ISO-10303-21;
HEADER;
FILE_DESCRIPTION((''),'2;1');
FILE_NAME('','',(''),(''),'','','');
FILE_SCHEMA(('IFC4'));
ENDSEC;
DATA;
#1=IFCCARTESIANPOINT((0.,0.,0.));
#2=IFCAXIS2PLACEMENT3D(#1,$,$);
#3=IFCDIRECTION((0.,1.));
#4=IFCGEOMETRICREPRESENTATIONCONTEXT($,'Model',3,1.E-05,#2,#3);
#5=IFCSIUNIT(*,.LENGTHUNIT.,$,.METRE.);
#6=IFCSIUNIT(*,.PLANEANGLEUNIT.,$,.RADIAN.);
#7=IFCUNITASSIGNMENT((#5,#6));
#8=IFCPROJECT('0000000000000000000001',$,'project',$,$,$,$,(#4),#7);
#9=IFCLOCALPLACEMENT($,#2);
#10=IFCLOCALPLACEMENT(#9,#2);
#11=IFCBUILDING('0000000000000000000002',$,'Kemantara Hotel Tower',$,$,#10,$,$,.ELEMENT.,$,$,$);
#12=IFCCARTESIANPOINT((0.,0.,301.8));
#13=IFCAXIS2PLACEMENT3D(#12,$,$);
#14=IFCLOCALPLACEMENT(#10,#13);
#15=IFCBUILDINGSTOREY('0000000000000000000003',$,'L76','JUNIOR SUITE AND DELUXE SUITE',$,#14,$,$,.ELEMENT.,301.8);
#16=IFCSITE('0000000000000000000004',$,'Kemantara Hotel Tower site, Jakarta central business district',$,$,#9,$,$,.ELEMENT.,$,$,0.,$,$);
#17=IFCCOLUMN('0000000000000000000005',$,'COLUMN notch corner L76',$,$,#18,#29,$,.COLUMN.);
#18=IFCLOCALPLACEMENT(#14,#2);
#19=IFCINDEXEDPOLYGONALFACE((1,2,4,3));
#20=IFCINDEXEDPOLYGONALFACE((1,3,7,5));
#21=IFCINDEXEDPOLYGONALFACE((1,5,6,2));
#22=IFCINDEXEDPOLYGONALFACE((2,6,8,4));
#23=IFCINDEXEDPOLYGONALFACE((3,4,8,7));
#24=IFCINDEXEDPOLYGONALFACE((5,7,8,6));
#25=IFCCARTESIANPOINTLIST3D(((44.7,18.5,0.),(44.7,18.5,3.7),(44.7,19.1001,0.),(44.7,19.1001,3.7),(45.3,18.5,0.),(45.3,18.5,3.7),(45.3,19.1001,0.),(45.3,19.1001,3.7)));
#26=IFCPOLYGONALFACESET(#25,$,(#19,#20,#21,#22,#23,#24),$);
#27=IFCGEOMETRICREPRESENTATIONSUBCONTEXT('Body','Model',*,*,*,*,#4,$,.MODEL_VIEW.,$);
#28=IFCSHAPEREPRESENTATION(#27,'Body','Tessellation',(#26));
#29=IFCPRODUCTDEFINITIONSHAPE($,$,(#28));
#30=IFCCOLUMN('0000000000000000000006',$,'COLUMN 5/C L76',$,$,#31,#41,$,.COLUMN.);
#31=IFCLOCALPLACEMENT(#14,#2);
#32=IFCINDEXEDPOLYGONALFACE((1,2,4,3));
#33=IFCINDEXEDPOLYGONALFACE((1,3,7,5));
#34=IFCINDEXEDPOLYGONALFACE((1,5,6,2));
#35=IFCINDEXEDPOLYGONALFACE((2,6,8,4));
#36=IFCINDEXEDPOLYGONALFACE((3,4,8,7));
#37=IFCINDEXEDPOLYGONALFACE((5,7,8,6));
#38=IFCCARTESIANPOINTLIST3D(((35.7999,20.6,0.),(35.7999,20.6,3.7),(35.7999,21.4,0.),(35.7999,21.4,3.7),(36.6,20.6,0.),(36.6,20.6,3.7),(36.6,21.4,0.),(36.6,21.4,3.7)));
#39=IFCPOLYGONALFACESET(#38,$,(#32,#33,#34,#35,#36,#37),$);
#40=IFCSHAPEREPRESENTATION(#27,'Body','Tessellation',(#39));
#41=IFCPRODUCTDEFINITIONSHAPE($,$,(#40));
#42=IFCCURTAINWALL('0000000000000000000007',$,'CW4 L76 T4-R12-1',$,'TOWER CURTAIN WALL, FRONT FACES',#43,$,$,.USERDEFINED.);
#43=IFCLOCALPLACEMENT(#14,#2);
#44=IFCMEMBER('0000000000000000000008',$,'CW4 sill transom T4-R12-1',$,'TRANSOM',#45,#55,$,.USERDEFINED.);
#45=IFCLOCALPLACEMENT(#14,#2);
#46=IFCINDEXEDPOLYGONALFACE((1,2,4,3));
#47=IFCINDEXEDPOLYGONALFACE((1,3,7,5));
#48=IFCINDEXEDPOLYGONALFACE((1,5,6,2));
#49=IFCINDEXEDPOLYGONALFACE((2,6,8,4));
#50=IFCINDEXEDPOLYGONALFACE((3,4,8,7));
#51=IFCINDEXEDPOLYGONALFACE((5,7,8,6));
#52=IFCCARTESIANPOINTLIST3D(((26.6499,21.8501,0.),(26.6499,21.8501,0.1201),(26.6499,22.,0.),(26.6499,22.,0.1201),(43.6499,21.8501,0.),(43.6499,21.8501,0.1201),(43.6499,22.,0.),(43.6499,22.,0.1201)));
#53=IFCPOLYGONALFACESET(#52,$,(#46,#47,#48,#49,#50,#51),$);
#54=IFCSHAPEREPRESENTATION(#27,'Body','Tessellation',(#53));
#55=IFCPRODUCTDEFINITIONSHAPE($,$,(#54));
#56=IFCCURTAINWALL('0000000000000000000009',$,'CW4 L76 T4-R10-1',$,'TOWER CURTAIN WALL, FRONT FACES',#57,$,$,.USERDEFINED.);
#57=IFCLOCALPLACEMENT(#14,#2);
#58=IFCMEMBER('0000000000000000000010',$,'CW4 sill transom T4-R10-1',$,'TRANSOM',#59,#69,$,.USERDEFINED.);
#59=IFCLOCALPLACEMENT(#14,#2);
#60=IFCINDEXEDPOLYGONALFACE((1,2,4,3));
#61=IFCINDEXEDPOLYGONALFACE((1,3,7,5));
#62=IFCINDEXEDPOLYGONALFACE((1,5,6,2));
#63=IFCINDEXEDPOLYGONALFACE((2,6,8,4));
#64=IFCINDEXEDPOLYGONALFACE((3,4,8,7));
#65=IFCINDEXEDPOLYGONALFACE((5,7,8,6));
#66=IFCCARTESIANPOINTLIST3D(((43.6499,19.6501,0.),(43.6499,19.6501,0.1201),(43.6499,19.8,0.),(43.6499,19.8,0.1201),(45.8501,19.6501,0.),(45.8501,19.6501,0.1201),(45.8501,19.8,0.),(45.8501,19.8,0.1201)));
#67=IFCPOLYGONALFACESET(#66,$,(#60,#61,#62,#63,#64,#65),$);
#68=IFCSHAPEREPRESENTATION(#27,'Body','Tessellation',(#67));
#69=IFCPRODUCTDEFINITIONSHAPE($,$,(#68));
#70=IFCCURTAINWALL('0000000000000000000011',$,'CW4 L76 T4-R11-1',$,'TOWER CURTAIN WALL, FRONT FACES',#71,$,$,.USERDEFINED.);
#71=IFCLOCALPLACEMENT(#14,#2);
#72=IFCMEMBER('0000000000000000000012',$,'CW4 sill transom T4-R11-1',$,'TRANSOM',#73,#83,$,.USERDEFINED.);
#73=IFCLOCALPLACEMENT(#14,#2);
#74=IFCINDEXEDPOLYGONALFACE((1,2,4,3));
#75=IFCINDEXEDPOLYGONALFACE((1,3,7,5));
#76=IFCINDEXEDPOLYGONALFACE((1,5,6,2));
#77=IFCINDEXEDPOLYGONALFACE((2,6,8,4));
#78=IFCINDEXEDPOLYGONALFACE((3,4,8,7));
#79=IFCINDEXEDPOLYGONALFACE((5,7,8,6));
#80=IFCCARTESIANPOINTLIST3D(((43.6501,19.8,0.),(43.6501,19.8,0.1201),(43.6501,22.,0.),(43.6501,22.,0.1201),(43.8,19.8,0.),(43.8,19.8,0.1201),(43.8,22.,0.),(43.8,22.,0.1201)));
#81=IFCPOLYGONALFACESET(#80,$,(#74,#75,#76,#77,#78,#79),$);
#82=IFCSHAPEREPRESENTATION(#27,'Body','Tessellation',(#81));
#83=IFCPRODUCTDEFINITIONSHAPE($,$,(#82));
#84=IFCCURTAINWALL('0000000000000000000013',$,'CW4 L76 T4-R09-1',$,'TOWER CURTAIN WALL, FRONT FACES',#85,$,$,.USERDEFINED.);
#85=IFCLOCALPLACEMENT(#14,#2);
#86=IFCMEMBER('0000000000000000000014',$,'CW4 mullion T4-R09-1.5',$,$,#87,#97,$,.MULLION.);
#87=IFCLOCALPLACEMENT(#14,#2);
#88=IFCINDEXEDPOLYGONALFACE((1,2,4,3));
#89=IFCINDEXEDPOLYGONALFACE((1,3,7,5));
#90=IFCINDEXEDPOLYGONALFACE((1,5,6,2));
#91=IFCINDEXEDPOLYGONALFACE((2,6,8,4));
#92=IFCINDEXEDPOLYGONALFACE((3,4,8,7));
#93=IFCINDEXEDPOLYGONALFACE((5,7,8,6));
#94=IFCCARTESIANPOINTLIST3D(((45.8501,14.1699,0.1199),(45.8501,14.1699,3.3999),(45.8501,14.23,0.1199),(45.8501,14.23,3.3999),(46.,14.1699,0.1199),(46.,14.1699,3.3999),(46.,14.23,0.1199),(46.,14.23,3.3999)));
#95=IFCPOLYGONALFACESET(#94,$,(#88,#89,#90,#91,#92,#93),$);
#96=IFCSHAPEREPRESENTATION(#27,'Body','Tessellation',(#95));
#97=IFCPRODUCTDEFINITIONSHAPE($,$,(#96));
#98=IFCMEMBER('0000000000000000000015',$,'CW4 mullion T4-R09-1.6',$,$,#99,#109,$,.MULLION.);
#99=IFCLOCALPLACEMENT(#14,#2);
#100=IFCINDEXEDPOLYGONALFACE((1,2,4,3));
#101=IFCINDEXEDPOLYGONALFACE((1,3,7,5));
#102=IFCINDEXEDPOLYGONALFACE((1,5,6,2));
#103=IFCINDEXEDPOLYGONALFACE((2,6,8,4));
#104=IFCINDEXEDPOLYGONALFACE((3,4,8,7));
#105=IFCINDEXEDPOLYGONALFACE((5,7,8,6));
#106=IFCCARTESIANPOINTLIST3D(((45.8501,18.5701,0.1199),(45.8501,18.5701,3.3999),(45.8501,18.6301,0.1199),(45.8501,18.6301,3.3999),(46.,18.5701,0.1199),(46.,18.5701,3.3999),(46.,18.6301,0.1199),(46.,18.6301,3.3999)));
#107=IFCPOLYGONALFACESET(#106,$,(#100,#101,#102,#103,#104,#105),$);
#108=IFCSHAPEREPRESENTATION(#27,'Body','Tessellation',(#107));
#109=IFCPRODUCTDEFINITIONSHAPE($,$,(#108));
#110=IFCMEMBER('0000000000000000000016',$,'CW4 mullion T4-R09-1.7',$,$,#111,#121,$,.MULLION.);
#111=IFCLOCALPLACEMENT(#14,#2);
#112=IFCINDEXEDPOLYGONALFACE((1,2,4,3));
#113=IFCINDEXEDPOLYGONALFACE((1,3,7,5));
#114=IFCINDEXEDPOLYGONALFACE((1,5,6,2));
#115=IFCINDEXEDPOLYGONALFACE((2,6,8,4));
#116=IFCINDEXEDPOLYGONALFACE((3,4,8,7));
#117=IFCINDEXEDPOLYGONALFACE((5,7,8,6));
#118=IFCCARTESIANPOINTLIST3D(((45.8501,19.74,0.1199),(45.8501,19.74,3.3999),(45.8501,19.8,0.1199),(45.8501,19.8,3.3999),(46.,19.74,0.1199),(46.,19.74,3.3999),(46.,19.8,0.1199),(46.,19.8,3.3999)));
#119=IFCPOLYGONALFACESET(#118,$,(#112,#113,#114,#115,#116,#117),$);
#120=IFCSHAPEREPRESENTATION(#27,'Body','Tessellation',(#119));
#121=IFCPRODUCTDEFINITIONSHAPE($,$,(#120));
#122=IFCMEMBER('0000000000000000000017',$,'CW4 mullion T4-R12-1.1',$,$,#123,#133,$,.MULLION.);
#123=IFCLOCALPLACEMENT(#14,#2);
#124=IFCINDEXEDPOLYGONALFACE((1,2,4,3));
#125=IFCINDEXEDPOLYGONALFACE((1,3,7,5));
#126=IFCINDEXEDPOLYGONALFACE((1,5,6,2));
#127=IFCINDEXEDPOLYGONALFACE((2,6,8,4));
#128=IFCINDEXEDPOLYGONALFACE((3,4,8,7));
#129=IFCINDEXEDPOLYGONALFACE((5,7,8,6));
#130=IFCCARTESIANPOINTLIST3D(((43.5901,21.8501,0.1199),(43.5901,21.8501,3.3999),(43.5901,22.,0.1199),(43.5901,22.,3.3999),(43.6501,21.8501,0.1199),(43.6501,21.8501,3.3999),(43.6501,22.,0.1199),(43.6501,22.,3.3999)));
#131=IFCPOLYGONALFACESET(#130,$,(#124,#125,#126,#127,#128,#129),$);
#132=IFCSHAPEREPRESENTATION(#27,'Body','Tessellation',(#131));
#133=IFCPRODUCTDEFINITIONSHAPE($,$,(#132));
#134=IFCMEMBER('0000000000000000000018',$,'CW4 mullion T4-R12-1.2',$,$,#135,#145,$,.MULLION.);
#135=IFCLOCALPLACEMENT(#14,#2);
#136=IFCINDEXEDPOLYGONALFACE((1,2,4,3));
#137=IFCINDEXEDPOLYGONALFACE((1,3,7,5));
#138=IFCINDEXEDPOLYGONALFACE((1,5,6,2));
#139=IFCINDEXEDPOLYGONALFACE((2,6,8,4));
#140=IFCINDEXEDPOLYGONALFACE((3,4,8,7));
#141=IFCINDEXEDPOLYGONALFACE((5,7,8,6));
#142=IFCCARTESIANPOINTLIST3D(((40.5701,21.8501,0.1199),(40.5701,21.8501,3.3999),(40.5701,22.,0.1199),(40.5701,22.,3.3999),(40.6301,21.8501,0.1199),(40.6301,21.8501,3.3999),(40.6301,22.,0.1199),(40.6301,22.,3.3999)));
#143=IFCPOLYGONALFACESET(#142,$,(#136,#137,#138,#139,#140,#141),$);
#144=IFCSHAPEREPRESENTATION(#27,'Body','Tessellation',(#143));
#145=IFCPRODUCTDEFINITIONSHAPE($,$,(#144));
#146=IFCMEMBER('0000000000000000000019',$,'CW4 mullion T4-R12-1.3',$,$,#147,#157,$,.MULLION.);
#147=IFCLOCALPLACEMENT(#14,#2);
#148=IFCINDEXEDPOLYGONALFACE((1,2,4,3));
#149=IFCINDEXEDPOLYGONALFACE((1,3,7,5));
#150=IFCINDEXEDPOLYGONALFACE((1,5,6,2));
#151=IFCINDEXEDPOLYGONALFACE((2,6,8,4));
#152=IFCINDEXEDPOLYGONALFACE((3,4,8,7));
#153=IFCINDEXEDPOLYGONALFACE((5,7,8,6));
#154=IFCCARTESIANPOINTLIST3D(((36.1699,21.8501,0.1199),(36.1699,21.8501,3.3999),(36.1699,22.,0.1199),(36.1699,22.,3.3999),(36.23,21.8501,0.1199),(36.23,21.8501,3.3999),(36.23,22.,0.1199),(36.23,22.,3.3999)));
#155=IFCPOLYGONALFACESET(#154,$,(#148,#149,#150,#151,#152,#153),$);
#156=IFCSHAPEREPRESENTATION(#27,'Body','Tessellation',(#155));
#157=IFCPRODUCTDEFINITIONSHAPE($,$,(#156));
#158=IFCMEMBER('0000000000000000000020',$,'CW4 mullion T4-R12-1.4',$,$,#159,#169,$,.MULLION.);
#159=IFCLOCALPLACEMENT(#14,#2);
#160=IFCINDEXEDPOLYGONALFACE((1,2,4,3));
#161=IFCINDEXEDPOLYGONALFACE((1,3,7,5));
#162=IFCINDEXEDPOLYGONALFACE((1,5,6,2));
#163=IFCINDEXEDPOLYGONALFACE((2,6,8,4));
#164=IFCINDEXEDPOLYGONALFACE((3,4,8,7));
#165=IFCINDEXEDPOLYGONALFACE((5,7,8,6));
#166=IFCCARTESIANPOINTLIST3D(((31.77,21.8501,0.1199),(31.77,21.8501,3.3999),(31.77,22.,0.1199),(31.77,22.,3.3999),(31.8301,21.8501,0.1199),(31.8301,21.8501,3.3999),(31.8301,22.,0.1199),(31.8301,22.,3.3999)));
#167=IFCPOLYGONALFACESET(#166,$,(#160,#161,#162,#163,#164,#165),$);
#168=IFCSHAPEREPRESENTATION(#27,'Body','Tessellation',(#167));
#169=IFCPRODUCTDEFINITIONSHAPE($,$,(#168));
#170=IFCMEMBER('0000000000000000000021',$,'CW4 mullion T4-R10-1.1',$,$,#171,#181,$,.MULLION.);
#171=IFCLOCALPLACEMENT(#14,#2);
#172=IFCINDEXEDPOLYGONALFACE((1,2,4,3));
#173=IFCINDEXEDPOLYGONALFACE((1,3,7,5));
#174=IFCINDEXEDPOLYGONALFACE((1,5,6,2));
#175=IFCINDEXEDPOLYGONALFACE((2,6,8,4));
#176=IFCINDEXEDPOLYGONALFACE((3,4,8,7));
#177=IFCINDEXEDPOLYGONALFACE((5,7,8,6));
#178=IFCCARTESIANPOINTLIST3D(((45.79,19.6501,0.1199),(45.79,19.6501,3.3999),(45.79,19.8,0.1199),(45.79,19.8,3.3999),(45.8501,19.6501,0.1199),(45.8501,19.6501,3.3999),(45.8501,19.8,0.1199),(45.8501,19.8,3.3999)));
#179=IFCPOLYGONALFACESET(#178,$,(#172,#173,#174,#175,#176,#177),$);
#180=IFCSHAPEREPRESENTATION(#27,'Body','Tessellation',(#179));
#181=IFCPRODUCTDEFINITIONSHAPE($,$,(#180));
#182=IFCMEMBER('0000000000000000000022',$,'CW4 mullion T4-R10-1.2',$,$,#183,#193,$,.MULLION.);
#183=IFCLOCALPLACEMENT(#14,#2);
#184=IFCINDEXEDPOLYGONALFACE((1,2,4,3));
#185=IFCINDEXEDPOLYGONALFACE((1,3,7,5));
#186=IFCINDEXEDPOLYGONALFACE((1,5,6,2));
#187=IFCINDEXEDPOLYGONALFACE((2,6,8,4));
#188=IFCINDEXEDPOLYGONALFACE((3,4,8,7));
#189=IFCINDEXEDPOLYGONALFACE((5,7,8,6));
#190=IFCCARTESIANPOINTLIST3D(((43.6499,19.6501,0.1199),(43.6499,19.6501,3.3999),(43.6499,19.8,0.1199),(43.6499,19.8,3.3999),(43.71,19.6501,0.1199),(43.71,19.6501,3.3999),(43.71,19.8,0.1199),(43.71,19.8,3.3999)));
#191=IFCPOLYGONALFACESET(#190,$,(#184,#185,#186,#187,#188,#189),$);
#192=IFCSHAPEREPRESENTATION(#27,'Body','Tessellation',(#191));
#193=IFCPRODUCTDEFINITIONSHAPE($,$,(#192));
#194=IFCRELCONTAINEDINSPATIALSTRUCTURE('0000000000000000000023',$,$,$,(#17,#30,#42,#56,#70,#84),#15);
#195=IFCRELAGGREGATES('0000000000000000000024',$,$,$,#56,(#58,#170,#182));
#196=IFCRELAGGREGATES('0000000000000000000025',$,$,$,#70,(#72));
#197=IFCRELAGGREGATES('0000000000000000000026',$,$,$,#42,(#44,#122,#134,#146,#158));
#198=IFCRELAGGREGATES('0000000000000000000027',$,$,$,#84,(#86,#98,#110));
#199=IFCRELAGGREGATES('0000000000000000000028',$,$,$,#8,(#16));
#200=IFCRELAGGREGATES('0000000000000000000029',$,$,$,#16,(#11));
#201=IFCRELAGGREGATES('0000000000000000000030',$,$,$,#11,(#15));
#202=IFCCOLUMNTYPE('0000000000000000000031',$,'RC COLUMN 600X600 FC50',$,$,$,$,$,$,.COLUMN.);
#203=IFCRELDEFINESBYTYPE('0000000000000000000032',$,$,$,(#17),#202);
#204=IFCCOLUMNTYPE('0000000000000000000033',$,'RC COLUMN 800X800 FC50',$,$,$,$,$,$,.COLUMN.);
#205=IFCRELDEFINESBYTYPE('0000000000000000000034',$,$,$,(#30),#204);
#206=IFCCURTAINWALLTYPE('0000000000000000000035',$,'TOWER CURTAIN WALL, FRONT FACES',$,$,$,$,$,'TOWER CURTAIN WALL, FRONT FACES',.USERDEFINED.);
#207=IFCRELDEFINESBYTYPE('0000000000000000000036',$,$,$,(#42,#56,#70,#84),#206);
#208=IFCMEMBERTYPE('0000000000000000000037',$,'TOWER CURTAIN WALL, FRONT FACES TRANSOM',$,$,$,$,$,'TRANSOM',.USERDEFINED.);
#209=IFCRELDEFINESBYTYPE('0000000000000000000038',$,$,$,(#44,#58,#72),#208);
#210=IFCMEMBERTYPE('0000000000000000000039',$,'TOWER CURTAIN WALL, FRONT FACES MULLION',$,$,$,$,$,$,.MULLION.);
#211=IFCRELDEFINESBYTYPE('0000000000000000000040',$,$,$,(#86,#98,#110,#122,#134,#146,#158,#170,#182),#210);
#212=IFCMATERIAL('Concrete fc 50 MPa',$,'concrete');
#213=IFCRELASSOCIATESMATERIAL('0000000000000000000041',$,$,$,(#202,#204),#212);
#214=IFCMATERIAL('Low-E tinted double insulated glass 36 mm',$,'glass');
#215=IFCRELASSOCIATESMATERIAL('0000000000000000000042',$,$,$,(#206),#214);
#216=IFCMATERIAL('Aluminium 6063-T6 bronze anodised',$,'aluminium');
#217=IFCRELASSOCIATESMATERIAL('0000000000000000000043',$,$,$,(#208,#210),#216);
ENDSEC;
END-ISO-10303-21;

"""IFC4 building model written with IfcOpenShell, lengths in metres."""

from ifc_helpers import new_model, si_unit, direction, frame, origin, origin_2d, place, context, subcontext, project, spatial, rectangle, extrude, source, transform, mapped, material, material_profile, profile_set, type_object, element, aggregate, save


model = new_model("IFC4")

# Units and contexts
model_context = context("Model", 3, precision=1e-05, world=origin(), true_north=direction((0.0, 1.0)))
body_context = subcontext(model_context, "Body", "Model", "MODEL_VIEW")
ifc_project = project(units=[si_unit("LENGTHUNIT", "METRE"), si_unit("PLANEANGLEUNIT", "RADIAN")], contexts=[model_context])

# Site, building, storey
site_placement = place(None, origin())
site = spatial("IfcSite", under=ifc_project, at=site_placement, Name="Kemantara Hotel Tower site, Jakarta central business district", CompositionType="ELEMENT", RefElevation=0.0)
building_placement = place(site_placement, origin())
building = spatial("IfcBuilding", under=site, at=building_placement, Name="Kemantara Hotel Tower", CompositionType="ELEMENT")
storey_placement = place(building_placement, frame((0.0, 0.0, 301.8)))
storey = spatial("IfcBuildingStorey", under=building, at=storey_placement, Name="L76", Description="JUNIOR SUITE AND DELUXE SUITE", CompositionType="ELEMENT", Elevation=301.8)

# Columns
ifc_material_1 = material(Name="Concrete fc 50 MPa", Category="concrete")
ifc_material_profile_1 = material_profile(ifc_material_1, rectangle(XDim=0.6001, YDim=0.6001, at=origin_2d()), Name="RC 600X600")
ifc_profile_set_1 = profile_set([ifc_material_profile_1], Name="Concrete fc 50 MPa")
column_type_1 = type_object("IfcColumnType", Name="RC COLUMN 600X600 FC50", PredefinedType="COLUMN", material=ifc_profile_set_1)
column_1_placement = place(storey_placement, frame((45.0, 18.8, 0.0), z_axis=(0.0, 0.0, 1.0), x_axis=(1.0, 0.0, 0.0)))
element("IfcColumn", 1, at=column_1_placement, inside=storey, type_object=column_type_1, Name="COLUMN notch corner L76", PredefinedType="COLUMN", context=body_context, shape_type="SweptSolid", body=[
    extrude(rectangle(XDim=0.6001, YDim=0.6001, at=origin_2d()), origin(), (0.0, 0.0, 1.0), 3.7),
])
ifc_material_profile_2 = material_profile(ifc_material_1, rectangle(XDim=0.8, YDim=0.8, at=origin_2d()), Name="RC 800X800")
ifc_profile_set_2 = profile_set([ifc_material_profile_2], Name="Concrete fc 50 MPa")
column_type_2 = type_object("IfcColumnType", Name="RC COLUMN 800X800 FC50", PredefinedType="COLUMN", material=ifc_profile_set_2)
column_2_placement = place(storey_placement, frame((36.2, 21.0, 0.0), z_axis=(0.0, 0.0, 1.0), x_axis=(1.0, 0.0, 0.0)))
element("IfcColumn", 2, at=column_2_placement, inside=storey, type_object=column_type_2, Name="COLUMN 5/C L76", PredefinedType="COLUMN", context=body_context, shape_type="SweptSolid", body=[
    extrude(rectangle(XDim=0.8, YDim=0.8, at=origin_2d()), origin(), (0.0, 0.0, 1.0), 3.7),
])

# Curtain walls, members
ifc_material_2 = material(Name="Low-E tinted double insulated glass 36 mm", Category="glass")
curtain_wall_type = type_object("IfcCurtainWallType", Name="TOWER CURTAIN WALL, FRONT FACES", ElementType="TOWER CURTAIN WALL, FRONT FACES", PredefinedType="USERDEFINED", material=ifc_material_2)
curtain_wall_1_placement = place(storey_placement, origin())
curtain_wall_1 = element("IfcCurtainWall", 3, at=curtain_wall_1_placement, inside=storey, type_object=curtain_wall_type, Name="CW4 L76 T4-R12-1", ObjectType="TOWER CURTAIN WALL, FRONT FACES", PredefinedType="USERDEFINED")
ifc_material_3 = material(Name="Aluminium 6063-T6 bronze anodised", Category="aluminium")
ifc_material_profile_3 = material_profile(ifc_material_3, rectangle(XDim=0.1499, YDim=0.1201, at=origin_2d()), Name="TOWER CURTAIN WALL, FRONT FACES TRANSOM")
ifc_profile_set_3 = profile_set([ifc_material_profile_3], Name="Aluminium 6063-T6 bronze anodised")
member_type_1 = type_object("IfcMemberType", Name="TOWER CURTAIN WALL, FRONT FACES TRANSOM", ElementType="TRANSOM", PredefinedType="USERDEFINED", material=ifc_profile_set_3)
member_1_placement = place(storey_placement, frame((43.6499, 21.925, 0.0601), z_axis=(-1.0, 0.0, 0.0), x_axis=(0.0, -1.0, 0.0)))
member_1 = element("IfcMember", 4, at=member_1_placement, type_object=member_type_1, Name="CW4 sill transom T4-R12-1", ObjectType="TRANSOM", PredefinedType="USERDEFINED", context=body_context, shape_type="SweptSolid", body=[
    extrude(rectangle(XDim=0.1499, YDim=0.1201, at=origin_2d()), origin(), (0.0, 0.0, 1.0), 17.0),
])
curtain_wall_2_placement = place(storey_placement, origin())
curtain_wall_2 = element("IfcCurtainWall", 5, at=curtain_wall_2_placement, inside=storey, type_object=curtain_wall_type, Name="CW4 L76 T4-R10-1", ObjectType="TOWER CURTAIN WALL, FRONT FACES", PredefinedType="USERDEFINED")
member_2_placement = place(storey_placement, frame((45.8501, 19.7251, 0.0601), z_axis=(-1.0, 0.0, 0.0), x_axis=(0.0, -1.0, 0.0)))
member_2 = element("IfcMember", 6, at=member_2_placement, type_object=member_type_1, Name="CW4 sill transom T4-R10-1", ObjectType="TRANSOM", PredefinedType="USERDEFINED", context=body_context, shape_type="SweptSolid", body=[
    extrude(rectangle(XDim=0.1499, YDim=0.1201, at=origin_2d()), origin(), (0.0, 0.0, 1.0), 2.2002),
])
curtain_wall_3_placement = place(storey_placement, origin())
curtain_wall_3 = element("IfcCurtainWall", 7, at=curtain_wall_3_placement, inside=storey, type_object=curtain_wall_type, Name="CW4 L76 T4-R11-1", ObjectType="TOWER CURTAIN WALL, FRONT FACES", PredefinedType="USERDEFINED")
member_3_placement = place(storey_placement, frame((43.7251, 19.8, 0.0601), z_axis=(0.0, 1.0, 0.0), x_axis=(-1.0, 0.0, 0.0)))
member_3 = element("IfcMember", 8, at=member_3_placement, type_object=member_type_1, Name="CW4 sill transom T4-R11-1", ObjectType="TRANSOM", PredefinedType="USERDEFINED", context=body_context, shape_type="SweptSolid", body=[
    extrude(rectangle(XDim=0.1499, YDim=0.1201, at=origin_2d()), origin(), (0.0, 0.0, 1.0), 2.2),
])

# Curtain wall, members
curtain_wall_4_placement = place(storey_placement, origin())
curtain_wall_4 = element("IfcCurtainWall", 9, at=curtain_wall_4_placement, inside=storey, type_object=curtain_wall_type, Name="CW4 L76 T4-R09-1", ObjectType="TOWER CURTAIN WALL, FRONT FACES", PredefinedType="USERDEFINED")
ifc_material_profile_4 = material_profile(ifc_material_3, rectangle(XDim=0.1499, YDim=0.0601, at=origin_2d()), Name="TOWER CURTAIN WALL, FRONT FACES MULLION")
ifc_profile_set_4 = profile_set([ifc_material_profile_4], Name="Aluminium 6063-T6 bronze anodised")
member_type_2 = type_object("IfcMemberType", Name="TOWER CURTAIN WALL, FRONT FACES MULLION", PredefinedType="MULLION", material=ifc_profile_set_4)
shared_shape_1 = source(origin(), body_context, "Body", "SweptSolid", [
    extrude(rectangle(XDim=0.1499, YDim=0.0601, at=origin_2d()), origin(), (0.0, 0.0, 1.0), 3.28),
])
member_4_placement = place(storey_placement, frame((45.925, 14.2, 0.1199), z_axis=(0.0, 0.0, 1.0), x_axis=(-1.0, 0.0, 0.0)))
member_4 = element("IfcMember", 10, at=member_4_placement, type_object=member_type_2, Name="CW4 mullion T4-R09-1.5", PredefinedType="MULLION", context=body_context, shape_type="MappedRepresentation", body=[
    mapped(shared_shape_1, transform((0.0, 0.0, 0.0))),
])
member_5_placement = place(storey_placement, frame((45.925, 18.6001, 0.1199), z_axis=(0.0, 0.0, 1.0), x_axis=(-1.0, 0.0, 0.0)))
member_5 = element("IfcMember", 11, at=member_5_placement, type_object=member_type_2, Name="CW4 mullion T4-R09-1.6", PredefinedType="MULLION", context=body_context, shape_type="MappedRepresentation", body=[
    mapped(shared_shape_1, transform((0.0, 0.0, 0.0))),
])
member_6_placement = place(storey_placement, frame((45.925, 19.77, 0.1199), z_axis=(0.0, 0.0, 1.0), x_axis=(-1.0, 0.0, 0.0)))
member_6 = element("IfcMember", 12, at=member_6_placement, type_object=member_type_2, Name="CW4 mullion T4-R09-1.7", PredefinedType="MULLION", context=body_context, shape_type="MappedRepresentation", body=[
    mapped(shared_shape_1, transform((0.0, 0.0, 0.0))),
])

# Members
member_7_placement = place(storey_placement, frame((43.6201, 21.925, 0.1199), z_axis=(0.0, 0.0, 1.0), x_axis=(0.0, -1.0, 0.0)))
member_7 = element("IfcMember", 13, at=member_7_placement, type_object=member_type_2, Name="CW4 mullion T4-R12-1.1", PredefinedType="MULLION", context=body_context, shape_type="MappedRepresentation", body=[
    mapped(shared_shape_1, transform((0.0, 0.0, 0.0))),
])
member_8_placement = place(storey_placement, frame((40.6001, 21.925, 0.1199), z_axis=(0.0, 0.0, 1.0), x_axis=(0.0, -1.0, 0.0)))
member_8 = element("IfcMember", 14, at=member_8_placement, type_object=member_type_2, Name="CW4 mullion T4-R12-1.2", PredefinedType="MULLION", context=body_context, shape_type="MappedRepresentation", body=[
    mapped(shared_shape_1, transform((0.0, 0.0, 0.0))),
])
member_9_placement = place(storey_placement, frame((36.2, 21.925, 0.1199), z_axis=(0.0, 0.0, 1.0), x_axis=(0.0, -1.0, 0.0)))
member_9 = element("IfcMember", 15, at=member_9_placement, type_object=member_type_2, Name="CW4 mullion T4-R12-1.3", PredefinedType="MULLION", context=body_context, shape_type="MappedRepresentation", body=[
    mapped(shared_shape_1, transform((0.0, 0.0, 0.0))),
])
member_10_placement = place(storey_placement, frame((31.8, 21.925, 0.1199), z_axis=(0.0, 0.0, 1.0), x_axis=(0.0, -1.0, 0.0)))
member_10 = element("IfcMember", 16, at=member_10_placement, type_object=member_type_2, Name="CW4 mullion T4-R12-1.4", PredefinedType="MULLION", context=body_context, shape_type="MappedRepresentation", body=[
    mapped(shared_shape_1, transform((0.0, 0.0, 0.0))),
])
member_11_placement = place(storey_placement, frame((45.8201, 19.7251, 0.1199), z_axis=(0.0, 0.0, 1.0), x_axis=(0.0, -1.0, 0.0)))
member_11 = element("IfcMember", 17, at=member_11_placement, type_object=member_type_2, Name="CW4 mullion T4-R10-1.1", PredefinedType="MULLION", context=body_context, shape_type="MappedRepresentation", body=[
    mapped(shared_shape_1, transform((0.0, 0.0, 0.0))),
])
member_12_placement = place(storey_placement, frame((43.6799, 19.7251, 0.1199), z_axis=(0.0, 0.0, 1.0), x_axis=(0.0, -1.0, 0.0)))
member_12 = element("IfcMember", 18, at=member_12_placement, type_object=member_type_2, Name="CW4 mullion T4-R10-1.2", PredefinedType="MULLION", context=body_context, shape_type="MappedRepresentation", body=[
    mapped(shared_shape_1, transform((0.0, 0.0, 0.0))),
])

aggregate(curtain_wall_2, [member_2, member_11, member_12])
aggregate(curtain_wall_3, [member_3])
aggregate(curtain_wall_1, [member_1, member_7, member_8, member_9, member_10])
aggregate(curtain_wall_4, [member_4, member_5, member_6])

save(model, "model.ifc")
